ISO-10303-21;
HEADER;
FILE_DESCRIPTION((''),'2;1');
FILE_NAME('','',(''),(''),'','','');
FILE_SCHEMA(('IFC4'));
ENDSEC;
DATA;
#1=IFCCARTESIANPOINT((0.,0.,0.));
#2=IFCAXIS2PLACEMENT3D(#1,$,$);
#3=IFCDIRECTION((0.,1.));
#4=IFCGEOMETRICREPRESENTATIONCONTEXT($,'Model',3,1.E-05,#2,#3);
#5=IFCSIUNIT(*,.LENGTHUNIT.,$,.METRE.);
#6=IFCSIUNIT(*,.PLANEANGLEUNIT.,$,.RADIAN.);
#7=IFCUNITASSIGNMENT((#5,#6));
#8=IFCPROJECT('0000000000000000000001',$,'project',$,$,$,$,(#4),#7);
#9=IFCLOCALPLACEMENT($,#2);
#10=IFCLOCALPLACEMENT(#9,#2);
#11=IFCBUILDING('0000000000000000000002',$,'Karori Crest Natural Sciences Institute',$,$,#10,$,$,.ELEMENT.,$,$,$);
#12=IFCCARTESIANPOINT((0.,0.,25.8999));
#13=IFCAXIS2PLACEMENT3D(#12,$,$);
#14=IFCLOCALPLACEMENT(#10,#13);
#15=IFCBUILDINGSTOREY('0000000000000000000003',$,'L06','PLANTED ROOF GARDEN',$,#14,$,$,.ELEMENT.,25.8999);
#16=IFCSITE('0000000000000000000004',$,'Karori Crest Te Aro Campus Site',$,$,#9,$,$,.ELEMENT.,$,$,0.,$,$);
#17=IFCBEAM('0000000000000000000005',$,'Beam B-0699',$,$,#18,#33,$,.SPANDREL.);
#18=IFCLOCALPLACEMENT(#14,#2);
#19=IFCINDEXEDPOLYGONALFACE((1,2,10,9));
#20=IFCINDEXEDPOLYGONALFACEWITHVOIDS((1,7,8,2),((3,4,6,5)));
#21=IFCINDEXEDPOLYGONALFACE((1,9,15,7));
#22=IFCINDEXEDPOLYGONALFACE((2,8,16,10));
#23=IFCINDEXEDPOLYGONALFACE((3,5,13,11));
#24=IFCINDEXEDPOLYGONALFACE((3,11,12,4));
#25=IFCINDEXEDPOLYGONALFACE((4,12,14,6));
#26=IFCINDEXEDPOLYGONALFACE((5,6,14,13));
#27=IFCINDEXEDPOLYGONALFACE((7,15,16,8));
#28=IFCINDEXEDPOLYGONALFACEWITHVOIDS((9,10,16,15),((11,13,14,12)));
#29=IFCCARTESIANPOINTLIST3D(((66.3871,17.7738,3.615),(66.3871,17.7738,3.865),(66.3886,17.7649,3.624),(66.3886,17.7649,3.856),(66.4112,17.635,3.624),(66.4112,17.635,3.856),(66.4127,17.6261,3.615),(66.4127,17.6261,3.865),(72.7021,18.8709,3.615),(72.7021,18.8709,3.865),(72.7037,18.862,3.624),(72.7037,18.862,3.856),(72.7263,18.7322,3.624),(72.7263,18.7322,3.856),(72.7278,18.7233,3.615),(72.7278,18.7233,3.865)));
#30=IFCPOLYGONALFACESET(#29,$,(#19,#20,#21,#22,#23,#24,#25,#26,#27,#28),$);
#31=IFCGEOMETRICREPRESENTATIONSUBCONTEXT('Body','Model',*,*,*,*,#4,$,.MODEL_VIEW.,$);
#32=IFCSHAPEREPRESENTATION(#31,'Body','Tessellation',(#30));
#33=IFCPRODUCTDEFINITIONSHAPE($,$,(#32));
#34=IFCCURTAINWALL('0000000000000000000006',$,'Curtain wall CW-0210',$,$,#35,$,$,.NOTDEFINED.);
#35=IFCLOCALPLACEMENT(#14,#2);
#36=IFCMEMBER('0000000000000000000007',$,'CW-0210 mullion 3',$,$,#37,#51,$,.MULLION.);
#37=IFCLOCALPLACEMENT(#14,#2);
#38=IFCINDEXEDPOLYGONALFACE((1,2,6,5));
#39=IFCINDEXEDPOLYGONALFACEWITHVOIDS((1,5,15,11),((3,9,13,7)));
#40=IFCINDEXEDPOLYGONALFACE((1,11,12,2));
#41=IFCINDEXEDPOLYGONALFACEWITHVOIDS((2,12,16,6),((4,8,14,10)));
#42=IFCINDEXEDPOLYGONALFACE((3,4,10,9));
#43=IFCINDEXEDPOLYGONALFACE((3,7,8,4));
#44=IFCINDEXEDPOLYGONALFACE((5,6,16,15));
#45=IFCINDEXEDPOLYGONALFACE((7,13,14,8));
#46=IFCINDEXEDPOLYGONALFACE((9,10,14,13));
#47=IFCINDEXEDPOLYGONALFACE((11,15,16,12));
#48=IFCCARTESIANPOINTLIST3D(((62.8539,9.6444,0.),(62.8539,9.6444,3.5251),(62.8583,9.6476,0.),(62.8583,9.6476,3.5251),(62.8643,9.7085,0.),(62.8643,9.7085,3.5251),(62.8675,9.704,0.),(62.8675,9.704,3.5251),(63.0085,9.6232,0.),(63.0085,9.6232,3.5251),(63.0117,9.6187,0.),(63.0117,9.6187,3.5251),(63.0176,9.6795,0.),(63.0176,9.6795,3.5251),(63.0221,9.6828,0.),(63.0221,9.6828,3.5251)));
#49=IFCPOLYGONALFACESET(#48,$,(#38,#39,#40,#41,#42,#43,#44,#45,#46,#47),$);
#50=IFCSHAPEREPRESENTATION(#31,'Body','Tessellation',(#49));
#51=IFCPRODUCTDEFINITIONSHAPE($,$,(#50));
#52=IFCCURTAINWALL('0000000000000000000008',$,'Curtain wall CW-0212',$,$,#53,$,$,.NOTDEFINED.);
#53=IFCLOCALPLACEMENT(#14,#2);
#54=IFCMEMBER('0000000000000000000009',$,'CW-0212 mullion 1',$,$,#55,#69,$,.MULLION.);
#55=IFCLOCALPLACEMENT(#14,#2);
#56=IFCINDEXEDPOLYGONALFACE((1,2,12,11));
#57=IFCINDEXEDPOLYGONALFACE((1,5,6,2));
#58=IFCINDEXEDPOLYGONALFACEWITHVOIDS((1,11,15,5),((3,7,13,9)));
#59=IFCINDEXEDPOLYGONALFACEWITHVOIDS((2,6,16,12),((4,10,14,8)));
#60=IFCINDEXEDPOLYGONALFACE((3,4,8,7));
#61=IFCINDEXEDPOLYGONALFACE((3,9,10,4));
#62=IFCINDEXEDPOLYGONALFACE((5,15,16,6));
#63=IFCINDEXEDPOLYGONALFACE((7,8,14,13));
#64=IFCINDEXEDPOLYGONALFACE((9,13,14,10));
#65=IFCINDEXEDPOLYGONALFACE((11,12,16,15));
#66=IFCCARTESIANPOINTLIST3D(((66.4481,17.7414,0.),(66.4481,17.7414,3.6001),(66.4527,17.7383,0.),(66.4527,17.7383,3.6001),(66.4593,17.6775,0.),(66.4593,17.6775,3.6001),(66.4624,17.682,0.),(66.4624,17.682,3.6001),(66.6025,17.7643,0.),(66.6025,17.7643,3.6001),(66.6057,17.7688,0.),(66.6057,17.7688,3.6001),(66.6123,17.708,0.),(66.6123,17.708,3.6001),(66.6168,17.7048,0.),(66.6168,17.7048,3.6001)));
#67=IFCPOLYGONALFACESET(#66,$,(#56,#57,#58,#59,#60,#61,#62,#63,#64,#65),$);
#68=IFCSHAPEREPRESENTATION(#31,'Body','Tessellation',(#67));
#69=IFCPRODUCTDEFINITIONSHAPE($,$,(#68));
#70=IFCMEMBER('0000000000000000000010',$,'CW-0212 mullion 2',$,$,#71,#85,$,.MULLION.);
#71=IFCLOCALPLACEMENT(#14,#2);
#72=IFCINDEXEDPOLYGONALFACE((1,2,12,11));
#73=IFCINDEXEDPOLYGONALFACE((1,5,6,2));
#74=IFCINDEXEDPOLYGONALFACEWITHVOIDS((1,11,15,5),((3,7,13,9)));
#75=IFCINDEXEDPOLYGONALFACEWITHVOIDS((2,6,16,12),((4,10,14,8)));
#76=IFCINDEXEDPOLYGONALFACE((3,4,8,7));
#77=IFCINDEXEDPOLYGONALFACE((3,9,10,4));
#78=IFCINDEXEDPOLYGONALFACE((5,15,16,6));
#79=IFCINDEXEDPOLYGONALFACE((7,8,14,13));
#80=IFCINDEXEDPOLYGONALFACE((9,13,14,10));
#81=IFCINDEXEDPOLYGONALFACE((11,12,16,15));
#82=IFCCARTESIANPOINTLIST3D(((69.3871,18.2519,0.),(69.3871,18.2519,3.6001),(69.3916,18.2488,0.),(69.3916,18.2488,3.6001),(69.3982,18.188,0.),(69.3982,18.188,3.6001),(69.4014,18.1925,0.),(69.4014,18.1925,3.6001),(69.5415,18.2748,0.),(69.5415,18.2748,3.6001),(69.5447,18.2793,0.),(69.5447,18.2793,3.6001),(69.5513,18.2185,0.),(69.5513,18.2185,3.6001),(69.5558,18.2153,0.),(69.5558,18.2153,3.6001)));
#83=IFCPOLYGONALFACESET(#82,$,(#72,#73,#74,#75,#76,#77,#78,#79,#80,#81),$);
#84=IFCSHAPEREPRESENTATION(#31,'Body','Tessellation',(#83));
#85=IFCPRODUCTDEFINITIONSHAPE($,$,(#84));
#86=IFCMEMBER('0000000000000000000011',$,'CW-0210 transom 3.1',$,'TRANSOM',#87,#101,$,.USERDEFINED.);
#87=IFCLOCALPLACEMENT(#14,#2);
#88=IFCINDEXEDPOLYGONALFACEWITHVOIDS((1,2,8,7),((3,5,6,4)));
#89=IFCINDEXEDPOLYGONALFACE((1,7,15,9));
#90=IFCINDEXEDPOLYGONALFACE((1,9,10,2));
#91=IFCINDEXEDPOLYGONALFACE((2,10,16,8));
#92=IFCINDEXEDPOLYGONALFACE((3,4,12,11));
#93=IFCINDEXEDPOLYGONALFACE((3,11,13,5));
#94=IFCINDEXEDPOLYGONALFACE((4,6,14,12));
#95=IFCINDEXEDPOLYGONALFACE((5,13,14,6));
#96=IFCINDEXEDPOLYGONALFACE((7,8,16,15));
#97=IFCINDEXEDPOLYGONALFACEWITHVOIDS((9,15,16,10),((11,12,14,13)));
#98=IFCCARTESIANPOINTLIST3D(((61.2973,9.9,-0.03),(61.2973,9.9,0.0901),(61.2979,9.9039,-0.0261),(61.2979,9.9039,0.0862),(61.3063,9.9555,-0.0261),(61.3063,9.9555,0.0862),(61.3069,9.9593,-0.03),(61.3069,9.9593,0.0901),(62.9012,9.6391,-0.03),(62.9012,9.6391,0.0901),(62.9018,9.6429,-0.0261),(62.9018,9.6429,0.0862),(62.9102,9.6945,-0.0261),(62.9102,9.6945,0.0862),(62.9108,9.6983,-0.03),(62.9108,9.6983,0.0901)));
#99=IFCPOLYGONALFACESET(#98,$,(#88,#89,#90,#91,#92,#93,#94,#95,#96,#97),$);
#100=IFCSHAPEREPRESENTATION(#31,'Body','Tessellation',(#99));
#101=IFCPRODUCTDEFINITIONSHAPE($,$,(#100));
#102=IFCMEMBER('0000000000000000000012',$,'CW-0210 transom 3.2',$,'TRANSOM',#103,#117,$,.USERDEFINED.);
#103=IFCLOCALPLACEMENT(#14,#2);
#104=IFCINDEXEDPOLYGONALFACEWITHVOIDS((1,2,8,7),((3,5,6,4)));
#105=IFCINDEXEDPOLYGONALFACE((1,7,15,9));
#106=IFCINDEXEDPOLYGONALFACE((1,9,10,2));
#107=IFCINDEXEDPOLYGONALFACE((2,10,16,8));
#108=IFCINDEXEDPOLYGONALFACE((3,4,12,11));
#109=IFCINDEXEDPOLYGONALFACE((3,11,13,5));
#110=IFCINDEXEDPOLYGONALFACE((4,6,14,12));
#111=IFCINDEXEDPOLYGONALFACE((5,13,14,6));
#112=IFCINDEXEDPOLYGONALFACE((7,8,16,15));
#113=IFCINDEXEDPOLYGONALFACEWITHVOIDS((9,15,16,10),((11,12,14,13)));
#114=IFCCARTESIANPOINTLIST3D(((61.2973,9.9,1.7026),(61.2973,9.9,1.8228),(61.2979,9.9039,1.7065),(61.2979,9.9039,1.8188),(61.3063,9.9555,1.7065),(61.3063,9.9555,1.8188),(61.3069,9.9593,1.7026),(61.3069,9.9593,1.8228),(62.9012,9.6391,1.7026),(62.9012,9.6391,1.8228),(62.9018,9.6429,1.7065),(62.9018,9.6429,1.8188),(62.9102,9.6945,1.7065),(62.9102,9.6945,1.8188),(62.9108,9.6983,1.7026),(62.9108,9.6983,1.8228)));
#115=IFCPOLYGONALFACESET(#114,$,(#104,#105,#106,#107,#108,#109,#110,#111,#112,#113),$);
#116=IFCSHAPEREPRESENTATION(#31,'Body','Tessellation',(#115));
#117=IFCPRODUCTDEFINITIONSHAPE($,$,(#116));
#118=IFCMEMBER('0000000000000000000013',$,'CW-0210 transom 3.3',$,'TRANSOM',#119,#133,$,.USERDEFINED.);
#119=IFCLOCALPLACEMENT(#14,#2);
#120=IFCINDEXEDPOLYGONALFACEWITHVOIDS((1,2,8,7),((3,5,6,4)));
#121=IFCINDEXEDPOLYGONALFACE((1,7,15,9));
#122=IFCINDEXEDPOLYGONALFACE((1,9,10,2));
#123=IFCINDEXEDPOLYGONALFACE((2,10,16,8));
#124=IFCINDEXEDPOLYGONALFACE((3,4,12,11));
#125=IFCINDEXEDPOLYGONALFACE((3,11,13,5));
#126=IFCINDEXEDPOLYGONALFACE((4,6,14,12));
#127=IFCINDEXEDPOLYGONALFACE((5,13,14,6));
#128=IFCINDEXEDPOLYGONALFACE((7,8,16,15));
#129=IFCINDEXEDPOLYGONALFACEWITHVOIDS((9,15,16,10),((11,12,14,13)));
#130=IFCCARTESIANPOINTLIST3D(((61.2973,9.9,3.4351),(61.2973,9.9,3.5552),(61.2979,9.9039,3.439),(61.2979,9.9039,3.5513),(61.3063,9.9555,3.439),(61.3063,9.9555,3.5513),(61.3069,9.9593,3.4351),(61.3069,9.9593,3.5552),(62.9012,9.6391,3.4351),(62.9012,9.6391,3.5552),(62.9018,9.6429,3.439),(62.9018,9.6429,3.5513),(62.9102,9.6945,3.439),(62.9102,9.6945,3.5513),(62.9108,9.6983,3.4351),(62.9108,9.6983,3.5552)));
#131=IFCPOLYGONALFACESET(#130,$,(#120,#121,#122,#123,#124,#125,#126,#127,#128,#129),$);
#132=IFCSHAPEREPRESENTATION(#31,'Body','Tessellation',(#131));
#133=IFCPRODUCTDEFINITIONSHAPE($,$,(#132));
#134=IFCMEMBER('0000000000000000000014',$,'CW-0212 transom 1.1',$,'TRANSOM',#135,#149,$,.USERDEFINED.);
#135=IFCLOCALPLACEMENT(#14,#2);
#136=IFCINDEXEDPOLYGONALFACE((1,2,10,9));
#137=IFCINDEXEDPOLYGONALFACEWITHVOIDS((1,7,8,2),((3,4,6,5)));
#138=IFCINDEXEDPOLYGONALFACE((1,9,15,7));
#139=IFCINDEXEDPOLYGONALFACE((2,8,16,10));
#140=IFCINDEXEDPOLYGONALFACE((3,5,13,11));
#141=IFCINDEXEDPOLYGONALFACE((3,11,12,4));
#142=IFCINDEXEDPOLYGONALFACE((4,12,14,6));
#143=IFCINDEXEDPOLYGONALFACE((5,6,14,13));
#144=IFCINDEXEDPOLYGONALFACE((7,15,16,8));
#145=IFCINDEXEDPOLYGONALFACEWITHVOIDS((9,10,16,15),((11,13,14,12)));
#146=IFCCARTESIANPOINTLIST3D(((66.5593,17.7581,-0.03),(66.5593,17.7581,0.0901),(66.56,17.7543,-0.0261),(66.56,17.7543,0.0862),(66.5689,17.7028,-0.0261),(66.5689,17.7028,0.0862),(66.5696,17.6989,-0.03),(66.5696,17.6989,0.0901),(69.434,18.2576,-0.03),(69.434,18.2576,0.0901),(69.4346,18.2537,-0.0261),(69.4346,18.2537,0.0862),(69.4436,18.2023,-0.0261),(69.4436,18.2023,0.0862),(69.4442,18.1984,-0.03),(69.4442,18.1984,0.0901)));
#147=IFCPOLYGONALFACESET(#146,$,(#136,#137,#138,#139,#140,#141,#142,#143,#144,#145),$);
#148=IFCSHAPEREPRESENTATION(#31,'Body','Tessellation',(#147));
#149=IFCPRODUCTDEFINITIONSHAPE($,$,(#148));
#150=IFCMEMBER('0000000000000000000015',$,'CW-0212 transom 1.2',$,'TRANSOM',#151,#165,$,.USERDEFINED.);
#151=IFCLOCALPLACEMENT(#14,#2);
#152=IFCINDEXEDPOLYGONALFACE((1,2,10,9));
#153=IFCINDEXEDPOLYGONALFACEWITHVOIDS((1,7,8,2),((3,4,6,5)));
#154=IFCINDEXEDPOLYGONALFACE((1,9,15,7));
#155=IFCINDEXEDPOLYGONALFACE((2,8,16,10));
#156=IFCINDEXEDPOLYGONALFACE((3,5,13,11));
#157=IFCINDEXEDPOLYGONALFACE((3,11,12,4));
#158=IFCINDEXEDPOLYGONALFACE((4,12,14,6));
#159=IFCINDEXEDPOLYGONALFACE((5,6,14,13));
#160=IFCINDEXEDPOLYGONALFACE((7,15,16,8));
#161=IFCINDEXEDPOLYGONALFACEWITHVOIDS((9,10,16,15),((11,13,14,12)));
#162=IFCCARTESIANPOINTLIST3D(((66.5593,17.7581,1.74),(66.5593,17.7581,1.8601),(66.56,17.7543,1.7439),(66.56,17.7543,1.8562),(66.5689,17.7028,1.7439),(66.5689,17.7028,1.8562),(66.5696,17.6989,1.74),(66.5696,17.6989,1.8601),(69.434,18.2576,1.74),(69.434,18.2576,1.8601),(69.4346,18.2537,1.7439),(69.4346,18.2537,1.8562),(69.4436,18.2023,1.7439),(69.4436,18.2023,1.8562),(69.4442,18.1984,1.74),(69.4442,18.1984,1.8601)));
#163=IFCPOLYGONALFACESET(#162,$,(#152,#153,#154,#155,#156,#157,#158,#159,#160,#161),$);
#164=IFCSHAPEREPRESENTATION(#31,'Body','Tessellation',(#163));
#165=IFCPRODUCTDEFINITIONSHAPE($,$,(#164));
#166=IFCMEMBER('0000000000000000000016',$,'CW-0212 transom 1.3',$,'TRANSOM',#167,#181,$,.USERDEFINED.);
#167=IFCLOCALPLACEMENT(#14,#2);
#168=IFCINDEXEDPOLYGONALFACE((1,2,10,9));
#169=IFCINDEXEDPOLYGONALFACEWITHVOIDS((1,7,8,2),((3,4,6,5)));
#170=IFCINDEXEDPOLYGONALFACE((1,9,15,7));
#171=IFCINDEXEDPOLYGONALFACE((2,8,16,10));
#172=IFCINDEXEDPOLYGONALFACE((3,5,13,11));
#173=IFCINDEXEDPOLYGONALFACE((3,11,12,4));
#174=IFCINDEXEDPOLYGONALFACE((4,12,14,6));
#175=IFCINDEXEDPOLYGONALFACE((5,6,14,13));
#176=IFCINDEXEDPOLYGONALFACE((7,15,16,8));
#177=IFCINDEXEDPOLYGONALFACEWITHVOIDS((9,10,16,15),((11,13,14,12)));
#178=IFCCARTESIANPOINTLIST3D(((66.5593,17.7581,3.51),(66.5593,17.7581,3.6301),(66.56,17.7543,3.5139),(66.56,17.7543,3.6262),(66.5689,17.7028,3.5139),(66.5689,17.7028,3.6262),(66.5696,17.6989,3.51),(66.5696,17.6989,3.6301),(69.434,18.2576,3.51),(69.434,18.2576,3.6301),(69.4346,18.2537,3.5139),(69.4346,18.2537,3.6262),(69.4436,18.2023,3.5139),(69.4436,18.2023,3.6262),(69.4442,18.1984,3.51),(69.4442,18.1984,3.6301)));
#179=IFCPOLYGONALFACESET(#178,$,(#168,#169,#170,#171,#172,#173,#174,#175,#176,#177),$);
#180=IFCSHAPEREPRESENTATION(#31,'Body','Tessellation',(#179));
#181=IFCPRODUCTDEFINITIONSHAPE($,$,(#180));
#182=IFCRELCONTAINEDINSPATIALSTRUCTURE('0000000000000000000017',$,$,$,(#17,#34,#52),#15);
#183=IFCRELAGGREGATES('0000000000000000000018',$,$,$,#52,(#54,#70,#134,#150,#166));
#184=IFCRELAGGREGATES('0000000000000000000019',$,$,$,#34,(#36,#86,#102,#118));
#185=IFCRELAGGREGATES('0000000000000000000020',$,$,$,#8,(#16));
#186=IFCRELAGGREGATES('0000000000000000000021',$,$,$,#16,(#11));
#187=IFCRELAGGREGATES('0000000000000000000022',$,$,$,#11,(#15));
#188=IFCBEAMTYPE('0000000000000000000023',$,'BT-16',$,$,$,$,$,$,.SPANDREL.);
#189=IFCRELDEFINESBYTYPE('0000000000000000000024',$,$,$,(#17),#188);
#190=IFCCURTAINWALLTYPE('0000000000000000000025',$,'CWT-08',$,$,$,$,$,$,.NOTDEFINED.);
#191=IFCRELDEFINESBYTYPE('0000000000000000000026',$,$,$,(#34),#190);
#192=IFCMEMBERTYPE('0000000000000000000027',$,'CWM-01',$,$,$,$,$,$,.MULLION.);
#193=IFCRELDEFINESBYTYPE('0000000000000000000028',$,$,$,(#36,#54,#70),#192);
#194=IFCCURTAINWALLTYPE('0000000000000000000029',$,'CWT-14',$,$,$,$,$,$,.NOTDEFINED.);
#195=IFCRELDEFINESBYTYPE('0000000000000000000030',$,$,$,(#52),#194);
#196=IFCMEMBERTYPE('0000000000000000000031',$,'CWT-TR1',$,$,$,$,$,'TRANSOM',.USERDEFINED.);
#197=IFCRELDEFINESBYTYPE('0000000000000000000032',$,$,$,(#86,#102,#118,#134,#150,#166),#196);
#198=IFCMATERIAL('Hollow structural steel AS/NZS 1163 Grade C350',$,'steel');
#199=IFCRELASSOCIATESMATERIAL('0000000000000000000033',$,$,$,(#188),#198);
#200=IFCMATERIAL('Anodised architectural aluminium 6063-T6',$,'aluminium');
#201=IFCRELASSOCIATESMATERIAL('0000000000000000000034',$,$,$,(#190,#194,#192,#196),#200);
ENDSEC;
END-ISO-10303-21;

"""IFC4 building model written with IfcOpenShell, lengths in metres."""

from ifc_helpers import new_model, si_unit, direction, frame, origin, origin_2d, place, context, subcontext, project, spatial, hollow_rectangle, extrude, material, material_profile, profile_set, type_object, element, aggregate, save


model = new_model("IFC4")

# Units and contexts
model_context = context("Model", 3, precision=1e-05, world=origin(), true_north=direction((0.0, 1.0)))
body_context = subcontext(model_context, "Body", "Model", "MODEL_VIEW")
ifc_project = project(units=[si_unit("LENGTHUNIT", "METRE"), si_unit("PLANEANGLEUNIT", "RADIAN")], contexts=[model_context])

# Site, building, storey
site_placement = place(None, origin())
site = spatial("IfcSite", under=ifc_project, at=site_placement, Name="Karori Crest Te Aro Campus Site", CompositionType="ELEMENT", RefElevation=0.0)
building_placement = place(site_placement, origin())
building = spatial("IfcBuilding", under=site, at=building_placement, Name="Karori Crest Natural Sciences Institute", CompositionType="ELEMENT")
storey_placement = place(building_placement, frame((0.0, 0.0, 25.8999)))
storey = spatial("IfcBuildingStorey", under=building, at=storey_placement, Name="L06", Description="PLANTED ROOF GARDEN", CompositionType="ELEMENT", Elevation=25.8999)

# Beam
ifc_material_1 = material(Name="Hollow structural steel AS/NZS 1163 Grade C350", Category="steel")
ifc_material_profile_1 = material_profile(ifc_material_1, hollow_rectangle(XDim=0.1499, YDim=0.25, WallThickness=0.009, at=origin_2d()), Name="RHS250x150x9")
ifc_profile_set_1 = profile_set([ifc_material_profile_1], Name="Hollow structural steel AS/NZS 1163 Grade C350")
beam_type_1 = type_object("IfcBeamType", Name="BT-16", PredefinedType="SPANDREL", material=ifc_profile_set_1)
beam_1_placement = place(storey_placement, frame((66.3999, 17.7, 3.74), z_axis=(0.985241, 0.171171, 0.0), x_axis=(-0.171171, 0.985241, 0.0)))
element("IfcBeam", 1, at=beam_1_placement, inside=storey, type_object=beam_type_1, Name="Beam B-0699", PredefinedType="SPANDREL", context=body_context, shape_type="SweptSolid", body=[
    extrude(hollow_rectangle(XDim=0.1499, YDim=0.25, WallThickness=0.009, at=origin_2d()), origin(), (0.0, 0.0, 1.0), 6.4097),
])

# Curtain wall, member
ifc_material_2 = material(Name="Anodised architectural aluminium 6063-T6", Category="aluminium")
curtain_wall_type_1 = type_object("IfcCurtainWallType", Name="CWT-08", PredefinedType="NOTDEFINED", material=ifc_material_2)
curtain_wall_1_placement = place(storey_placement, origin())
curtain_wall_1 = element("IfcCurtainWall", 2, at=curtain_wall_1_placement, inside=storey, type_object=curtain_wall_type_1, Name="Curtain wall CW-0210", PredefinedType="NOTDEFINED")
ifc_material_profile_2 = material_profile(ifc_material_2, hollow_rectangle(XDim=0.0649, YDim=0.1599, WallThickness=0.0039, at=origin_2d()), Name="CWM160x65x4")
ifc_profile_set_2 = profile_set([ifc_material_profile_2], Name="Anodised architectural aluminium 6063-T6")
member_type_1 = type_object("IfcMemberType", Name="CWM-01", PredefinedType="MULLION", material=ifc_profile_set_2)
member_1_placement = place(storey_placement, frame((62.938, 9.6636, 0.0), z_axis=(0.0, 0.0, 1.0), x_axis=(-0.160655, -0.987011, 0.0)))
member_1 = element("IfcMember", 3, at=member_1_placement, type_object=member_type_1, Name="CW-0210 mullion 3", PredefinedType="MULLION", context=body_context, shape_type="SweptSolid", body=[
    extrude(hollow_rectangle(XDim=0.0649, YDim=0.1599, WallThickness=0.0039, at=origin_2d()), origin(), (0.0, 0.0, 1.0), 3.5251),
])

# Curtain wall, members
curtain_wall_type_2 = type_object("IfcCurtainWallType", Name="CWT-14", PredefinedType="NOTDEFINED", material=ifc_material_2)
curtain_wall_2_placement = place(storey_placement, origin())
curtain_wall_2 = element("IfcCurtainWall", 4, at=curtain_wall_2_placement, inside=storey, type_object=curtain_wall_type_2, Name="Curtain wall CW-0212", PredefinedType="NOTDEFINED")
member_2_placement = place(storey_placement, frame((66.5325, 17.7231, 0.0), z_axis=(0.0, 0.0, 1.0), x_axis=(-0.171174, 0.985241, 0.0)))
member_2 = element("IfcMember", 5, at=member_2_placement, type_object=member_type_1, Name="CW-0212 mullion 1", PredefinedType="MULLION", context=body_context, shape_type="SweptSolid", body=[
    extrude(hollow_rectangle(XDim=0.0649, YDim=0.1599, WallThickness=0.0039, at=origin_2d()), origin(), (0.0, 0.0, 1.0), 3.6001),
])
member_3_placement = place(storey_placement, frame((69.4714, 18.2336, 0.0), z_axis=(0.0, 0.0, 1.0), x_axis=(-0.171174, 0.985241, 0.0)))
member_3 = element("IfcMember", 6, at=member_3_placement, type_object=member_type_1, Name="CW-0212 mullion 2", PredefinedType="MULLION", context=body_context, shape_type="SweptSolid", body=[
    extrude(hollow_rectangle(XDim=0.0649, YDim=0.1599, WallThickness=0.0039, at=origin_2d()), origin(), (0.0, 0.0, 1.0), 3.6001),
])

# Members
ifc_material_profile_3 = material_profile(ifc_material_2, hollow_rectangle(XDim=0.0601, YDim=0.1201, WallThickness=0.0039, at=origin_2d()), Name="CWT120x60x4")
ifc_profile_set_3 = profile_set([ifc_material_profile_3], Name="Anodised architectural aluminium 6063-T6")
member_type_2 = type_object("IfcMemberType", Name="CWT-TR1", ElementType="TRANSOM", PredefinedType="USERDEFINED", material=ifc_profile_set_3)
member_4_placement = place(storey_placement, frame((62.906, 9.6687, 0.03), z_axis=(-0.98702, 0.160597, 0.0), x_axis=(-0.160597, -0.98702, 0.0)))
member_4 = element("IfcMember", 7, at=member_4_placement, type_object=member_type_2, Name="CW-0210 transom 3.1", ObjectType="TRANSOM", PredefinedType="USERDEFINED", context=body_context, shape_type="SweptSolid", body=[
    extrude(hollow_rectangle(XDim=0.0601, YDim=0.1201, WallThickness=0.0039, at=origin_2d()), origin(), (0.0, 0.0, 1.0), 1.625),
])
member_5_placement = place(storey_placement, frame((62.906, 9.6687, 1.7627), z_axis=(-0.98702, 0.160597, 0.0), x_axis=(-0.160597, -0.98702, 0.0)))
member_5 = element("IfcMember", 8, at=member_5_placement, type_object=member_type_2, Name="CW-0210 transom 3.2", ObjectType="TRANSOM", PredefinedType="USERDEFINED", context=body_context, shape_type="SweptSolid", body=[
    extrude(hollow_rectangle(XDim=0.0601, YDim=0.1201, WallThickness=0.0039, at=origin_2d()), origin(), (0.0, 0.0, 1.0), 1.625),
])
member_6_placement = place(storey_placement, frame((62.906, 9.6687, 3.4951), z_axis=(-0.98702, 0.160597, 0.0), x_axis=(-0.160597, -0.98702, 0.0)))
member_6 = element("IfcMember", 9, at=member_6_placement, type_object=member_type_2, Name="CW-0210 transom 3.3", ObjectType="TRANSOM", PredefinedType="USERDEFINED", context=body_context, shape_type="SweptSolid", body=[
    extrude(hollow_rectangle(XDim=0.0601, YDim=0.1201, WallThickness=0.0039, at=origin_2d()), origin(), (0.0, 0.0, 1.0), 1.625),
])
member_7_placement = place(storey_placement, frame((66.5645, 17.7285, 0.03), z_axis=(0.985238, 0.171193, 0.0), x_axis=(-0.171193, 0.985238, 0.0)))
member_7 = element("IfcMember", 10, at=member_7_placement, type_object=member_type_2, Name="CW-0212 transom 1.1", ObjectType="TRANSOM", PredefinedType="USERDEFINED", context=body_context, shape_type="SweptSolid", body=[
    extrude(hollow_rectangle(XDim=0.0601, YDim=0.1201, WallThickness=0.0039, at=origin_2d()), origin(), (0.0, 0.0, 1.0), 2.9177),
])
member_8_placement = place(storey_placement, frame((66.5645, 17.7285, 1.8), z_axis=(0.985238, 0.171193, 0.0), x_axis=(-0.171193, 0.985238, 0.0)))
member_8 = element("IfcMember", 11, at=member_8_placement, type_object=member_type_2, Name="CW-0212 transom 1.2", ObjectType="TRANSOM", PredefinedType="USERDEFINED", context=body_context, shape_type="SweptSolid", body=[
    extrude(hollow_rectangle(XDim=0.0601, YDim=0.1201, WallThickness=0.0039, at=origin_2d()), origin(), (0.0, 0.0, 1.0), 2.9177),
])
member_9_placement = place(storey_placement, frame((66.5645, 17.7285, 3.5701), z_axis=(0.985238, 0.171193, 0.0), x_axis=(-0.171193, 0.985238, 0.0)))
member_9 = element("IfcMember", 12, at=member_9_placement, type_object=member_type_2, Name="CW-0212 transom 1.3", ObjectType="TRANSOM", PredefinedType="USERDEFINED", context=body_context, shape_type="SweptSolid", body=[
    extrude(hollow_rectangle(XDim=0.0601, YDim=0.1201, WallThickness=0.0039, at=origin_2d()), origin(), (0.0, 0.0, 1.0), 2.9177),
])

aggregate(curtain_wall_2, [member_2, member_3, member_7, member_8, member_9])
aggregate(curtain_wall_1, [member_1, member_4, member_5, member_6])

save(model, "model.ifc")
